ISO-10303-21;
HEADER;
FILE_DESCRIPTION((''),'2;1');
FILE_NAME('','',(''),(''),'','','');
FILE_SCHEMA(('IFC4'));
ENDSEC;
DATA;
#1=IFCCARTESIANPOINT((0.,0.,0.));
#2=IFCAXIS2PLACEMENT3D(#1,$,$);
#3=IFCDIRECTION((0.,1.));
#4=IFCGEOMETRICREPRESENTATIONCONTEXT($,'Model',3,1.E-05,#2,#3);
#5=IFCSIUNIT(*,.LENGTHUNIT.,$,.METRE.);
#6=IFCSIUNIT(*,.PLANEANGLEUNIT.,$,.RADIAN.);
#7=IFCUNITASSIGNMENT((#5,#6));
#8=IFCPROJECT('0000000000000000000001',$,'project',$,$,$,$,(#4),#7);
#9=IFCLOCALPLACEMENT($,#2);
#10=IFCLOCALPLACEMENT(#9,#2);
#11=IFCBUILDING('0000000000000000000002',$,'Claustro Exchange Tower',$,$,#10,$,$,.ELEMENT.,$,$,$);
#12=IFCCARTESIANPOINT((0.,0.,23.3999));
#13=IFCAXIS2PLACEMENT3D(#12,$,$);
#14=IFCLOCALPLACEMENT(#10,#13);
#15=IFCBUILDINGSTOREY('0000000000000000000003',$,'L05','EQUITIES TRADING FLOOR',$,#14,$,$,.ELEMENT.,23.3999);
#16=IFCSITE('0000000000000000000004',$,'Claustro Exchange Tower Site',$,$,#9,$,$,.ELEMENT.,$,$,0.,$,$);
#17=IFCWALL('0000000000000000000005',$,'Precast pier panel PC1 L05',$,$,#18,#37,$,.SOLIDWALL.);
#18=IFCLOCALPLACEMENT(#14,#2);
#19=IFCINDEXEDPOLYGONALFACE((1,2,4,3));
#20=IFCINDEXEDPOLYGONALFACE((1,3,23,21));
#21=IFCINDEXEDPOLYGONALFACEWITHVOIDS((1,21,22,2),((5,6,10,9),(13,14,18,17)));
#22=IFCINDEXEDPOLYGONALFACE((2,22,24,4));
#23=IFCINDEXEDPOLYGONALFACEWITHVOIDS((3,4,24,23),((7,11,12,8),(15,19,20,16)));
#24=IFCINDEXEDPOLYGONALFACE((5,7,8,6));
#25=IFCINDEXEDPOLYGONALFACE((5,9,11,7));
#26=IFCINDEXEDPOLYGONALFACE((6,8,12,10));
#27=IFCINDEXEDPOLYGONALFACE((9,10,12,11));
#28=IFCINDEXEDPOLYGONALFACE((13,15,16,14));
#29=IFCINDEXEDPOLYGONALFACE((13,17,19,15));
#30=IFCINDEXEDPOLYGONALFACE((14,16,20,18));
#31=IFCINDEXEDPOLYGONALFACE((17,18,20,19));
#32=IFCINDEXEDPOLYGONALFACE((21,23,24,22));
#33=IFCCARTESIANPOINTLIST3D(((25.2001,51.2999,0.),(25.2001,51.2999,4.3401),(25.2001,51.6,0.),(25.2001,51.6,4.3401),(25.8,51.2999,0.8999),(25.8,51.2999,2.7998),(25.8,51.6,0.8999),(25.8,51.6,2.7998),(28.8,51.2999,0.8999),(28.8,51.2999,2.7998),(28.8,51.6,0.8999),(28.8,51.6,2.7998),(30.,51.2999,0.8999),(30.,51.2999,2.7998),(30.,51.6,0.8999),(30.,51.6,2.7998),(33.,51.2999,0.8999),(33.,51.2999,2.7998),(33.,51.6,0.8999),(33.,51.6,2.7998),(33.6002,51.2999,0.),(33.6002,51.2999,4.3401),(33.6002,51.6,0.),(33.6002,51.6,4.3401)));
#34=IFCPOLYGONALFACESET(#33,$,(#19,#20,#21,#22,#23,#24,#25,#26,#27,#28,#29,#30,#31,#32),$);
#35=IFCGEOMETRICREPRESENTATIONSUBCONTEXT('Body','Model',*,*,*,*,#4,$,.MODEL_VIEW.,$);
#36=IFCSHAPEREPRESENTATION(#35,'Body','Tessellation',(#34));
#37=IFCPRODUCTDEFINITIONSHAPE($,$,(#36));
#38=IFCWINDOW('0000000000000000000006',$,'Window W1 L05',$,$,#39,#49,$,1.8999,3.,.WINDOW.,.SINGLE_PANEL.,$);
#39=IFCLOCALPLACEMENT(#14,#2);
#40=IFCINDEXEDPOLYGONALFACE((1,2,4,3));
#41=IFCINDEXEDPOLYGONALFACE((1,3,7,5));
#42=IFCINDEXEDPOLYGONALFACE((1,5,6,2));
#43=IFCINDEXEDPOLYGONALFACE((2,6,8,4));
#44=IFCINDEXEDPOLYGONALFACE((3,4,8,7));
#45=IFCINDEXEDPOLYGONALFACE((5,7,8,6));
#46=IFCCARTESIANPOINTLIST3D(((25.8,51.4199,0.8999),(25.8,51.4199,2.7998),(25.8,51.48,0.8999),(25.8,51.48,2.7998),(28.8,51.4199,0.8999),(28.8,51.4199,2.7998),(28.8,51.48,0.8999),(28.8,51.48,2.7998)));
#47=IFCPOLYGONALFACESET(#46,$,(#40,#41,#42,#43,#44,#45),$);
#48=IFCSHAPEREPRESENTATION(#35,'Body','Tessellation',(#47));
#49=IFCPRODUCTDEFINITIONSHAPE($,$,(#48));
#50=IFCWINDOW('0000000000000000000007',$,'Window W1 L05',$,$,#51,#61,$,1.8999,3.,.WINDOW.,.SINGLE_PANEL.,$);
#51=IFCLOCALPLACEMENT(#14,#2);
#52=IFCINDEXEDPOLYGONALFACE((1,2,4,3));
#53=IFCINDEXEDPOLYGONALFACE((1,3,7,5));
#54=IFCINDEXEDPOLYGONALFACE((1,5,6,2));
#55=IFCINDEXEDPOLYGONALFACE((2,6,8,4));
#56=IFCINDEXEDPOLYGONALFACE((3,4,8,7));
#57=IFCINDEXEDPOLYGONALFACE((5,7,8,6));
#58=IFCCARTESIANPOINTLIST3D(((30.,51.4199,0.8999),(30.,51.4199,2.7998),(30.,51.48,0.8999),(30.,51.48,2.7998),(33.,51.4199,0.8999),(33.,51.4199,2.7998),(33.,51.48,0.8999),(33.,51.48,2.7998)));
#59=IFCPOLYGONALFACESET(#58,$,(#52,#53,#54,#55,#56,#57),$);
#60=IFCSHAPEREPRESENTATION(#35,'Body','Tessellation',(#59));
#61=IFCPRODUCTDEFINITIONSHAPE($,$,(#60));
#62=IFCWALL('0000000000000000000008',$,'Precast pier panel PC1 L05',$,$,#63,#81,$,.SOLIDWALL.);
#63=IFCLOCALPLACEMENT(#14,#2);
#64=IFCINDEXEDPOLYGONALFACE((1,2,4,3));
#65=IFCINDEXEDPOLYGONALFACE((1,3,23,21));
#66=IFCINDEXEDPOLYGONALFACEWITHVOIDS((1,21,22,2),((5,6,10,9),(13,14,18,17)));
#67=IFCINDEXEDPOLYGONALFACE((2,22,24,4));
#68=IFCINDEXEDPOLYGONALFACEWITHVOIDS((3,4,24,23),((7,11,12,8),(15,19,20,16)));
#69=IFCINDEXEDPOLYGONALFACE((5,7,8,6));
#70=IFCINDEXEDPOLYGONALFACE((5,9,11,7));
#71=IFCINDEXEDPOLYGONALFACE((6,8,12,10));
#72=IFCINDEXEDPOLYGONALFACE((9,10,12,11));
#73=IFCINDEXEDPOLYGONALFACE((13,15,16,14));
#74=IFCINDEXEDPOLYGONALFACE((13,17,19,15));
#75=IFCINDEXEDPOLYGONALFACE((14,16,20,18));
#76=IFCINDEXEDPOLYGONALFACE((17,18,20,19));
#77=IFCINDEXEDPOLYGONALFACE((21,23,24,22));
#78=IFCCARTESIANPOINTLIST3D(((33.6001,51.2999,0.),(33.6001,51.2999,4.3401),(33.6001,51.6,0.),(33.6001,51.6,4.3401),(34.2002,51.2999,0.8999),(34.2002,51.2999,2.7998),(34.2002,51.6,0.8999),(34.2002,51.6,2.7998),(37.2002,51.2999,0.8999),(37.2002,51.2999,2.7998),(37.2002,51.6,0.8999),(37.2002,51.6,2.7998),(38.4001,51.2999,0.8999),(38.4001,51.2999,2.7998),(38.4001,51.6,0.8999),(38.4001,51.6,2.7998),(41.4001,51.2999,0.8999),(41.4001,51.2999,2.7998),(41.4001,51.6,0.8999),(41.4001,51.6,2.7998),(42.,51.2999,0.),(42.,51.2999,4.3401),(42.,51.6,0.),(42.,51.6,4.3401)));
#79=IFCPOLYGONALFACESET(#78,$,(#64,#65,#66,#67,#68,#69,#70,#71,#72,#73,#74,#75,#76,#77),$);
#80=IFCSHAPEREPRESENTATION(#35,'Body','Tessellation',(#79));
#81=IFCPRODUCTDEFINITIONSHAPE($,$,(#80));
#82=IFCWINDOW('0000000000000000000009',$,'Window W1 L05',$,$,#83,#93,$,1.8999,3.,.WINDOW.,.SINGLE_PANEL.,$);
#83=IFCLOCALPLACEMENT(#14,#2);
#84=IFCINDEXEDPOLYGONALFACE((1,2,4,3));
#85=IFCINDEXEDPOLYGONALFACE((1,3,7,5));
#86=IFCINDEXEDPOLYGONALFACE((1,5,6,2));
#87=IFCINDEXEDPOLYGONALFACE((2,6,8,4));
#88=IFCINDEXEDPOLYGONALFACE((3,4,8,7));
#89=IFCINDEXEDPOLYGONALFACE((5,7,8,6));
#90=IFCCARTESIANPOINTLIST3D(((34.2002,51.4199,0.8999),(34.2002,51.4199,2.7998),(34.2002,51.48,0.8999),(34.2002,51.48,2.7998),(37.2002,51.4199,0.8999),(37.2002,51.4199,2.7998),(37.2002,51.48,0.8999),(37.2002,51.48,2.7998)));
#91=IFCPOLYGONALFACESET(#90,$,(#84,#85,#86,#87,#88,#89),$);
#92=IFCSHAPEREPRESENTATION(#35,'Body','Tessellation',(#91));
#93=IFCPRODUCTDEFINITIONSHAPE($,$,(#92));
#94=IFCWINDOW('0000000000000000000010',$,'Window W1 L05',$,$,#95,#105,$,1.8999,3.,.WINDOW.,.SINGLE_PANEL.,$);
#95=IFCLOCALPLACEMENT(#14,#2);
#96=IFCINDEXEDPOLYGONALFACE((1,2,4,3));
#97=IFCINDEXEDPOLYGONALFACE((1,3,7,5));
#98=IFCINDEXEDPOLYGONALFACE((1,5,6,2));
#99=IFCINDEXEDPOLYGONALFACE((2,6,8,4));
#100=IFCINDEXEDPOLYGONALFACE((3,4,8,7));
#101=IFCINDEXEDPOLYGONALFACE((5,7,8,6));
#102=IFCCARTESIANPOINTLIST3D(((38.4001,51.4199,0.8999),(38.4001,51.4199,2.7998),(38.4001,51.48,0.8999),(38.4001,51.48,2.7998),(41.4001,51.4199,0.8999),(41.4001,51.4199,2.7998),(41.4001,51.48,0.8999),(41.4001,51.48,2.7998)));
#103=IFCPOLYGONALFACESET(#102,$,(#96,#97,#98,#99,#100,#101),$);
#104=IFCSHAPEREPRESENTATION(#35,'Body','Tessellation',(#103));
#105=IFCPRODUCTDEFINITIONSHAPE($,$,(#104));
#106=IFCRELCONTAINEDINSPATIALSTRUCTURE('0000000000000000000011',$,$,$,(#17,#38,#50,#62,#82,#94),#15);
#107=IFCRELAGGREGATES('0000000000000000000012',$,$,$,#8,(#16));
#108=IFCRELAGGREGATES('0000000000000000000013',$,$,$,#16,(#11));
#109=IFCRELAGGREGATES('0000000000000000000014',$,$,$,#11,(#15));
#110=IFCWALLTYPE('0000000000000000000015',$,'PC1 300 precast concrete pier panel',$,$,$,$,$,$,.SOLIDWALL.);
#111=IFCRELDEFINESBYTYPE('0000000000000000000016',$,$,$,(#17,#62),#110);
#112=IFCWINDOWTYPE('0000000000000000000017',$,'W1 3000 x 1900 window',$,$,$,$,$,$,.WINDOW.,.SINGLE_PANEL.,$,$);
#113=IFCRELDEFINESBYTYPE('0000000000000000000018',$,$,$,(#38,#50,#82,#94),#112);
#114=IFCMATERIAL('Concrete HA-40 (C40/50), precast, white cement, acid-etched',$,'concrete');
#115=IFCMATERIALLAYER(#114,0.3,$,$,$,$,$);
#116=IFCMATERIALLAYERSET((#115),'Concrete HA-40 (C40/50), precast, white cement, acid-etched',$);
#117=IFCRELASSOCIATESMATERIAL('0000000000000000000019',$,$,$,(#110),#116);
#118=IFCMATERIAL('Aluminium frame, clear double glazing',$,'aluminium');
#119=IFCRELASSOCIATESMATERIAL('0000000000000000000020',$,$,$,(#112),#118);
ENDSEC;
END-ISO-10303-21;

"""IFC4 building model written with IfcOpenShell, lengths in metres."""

from ifc_helpers import new_model, si_unit, direction, frame, frame_2d, origin, place, context, subcontext, project, spatial, rectangle, extrude, material, layer, layer_set, type_object, element, fill, save


model = new_model("IFC4")

# Units and contexts
model_context = context("Model", 3, precision=1e-05, world=origin(), true_north=direction((0.0, 1.0)))
body_context = subcontext(model_context, "Body", "Model", "MODEL_VIEW")
ifc_project = project(units=[si_unit("LENGTHUNIT", "METRE"), si_unit("PLANEANGLEUNIT", "RADIAN")], contexts=[model_context])

# Site, building, storey
site_placement = place(None, origin())
site = spatial("IfcSite", under=ifc_project, at=site_placement, Name="Claustro Exchange Tower Site", CompositionType="ELEMENT", RefElevation=0.0)
building_placement = place(site_placement, origin())
building = spatial("IfcBuilding", under=site, at=building_placement, Name="Claustro Exchange Tower", CompositionType="ELEMENT")
storey_placement = place(building_placement, frame((0.0, 0.0, 23.3999)))
storey = spatial("IfcBuildingStorey", under=building, at=storey_placement, Name="L05", Description="EQUITIES TRADING FLOOR", CompositionType="ELEMENT", Elevation=23.3999)

# Walls, openings, windows
ifc_material_1 = material(Name="Concrete HA-40 (C40/50), precast, white cement, acid-etched", Category="concrete")
ifc_layer_1 = layer(ifc_material_1, 0.3)
ifc_layer_set_1 = layer_set([ifc_layer_1], Name="Concrete HA-40 (C40/50), precast, white cement, acid-etched")
wall_type_1 = type_object("IfcWallType", Name="PC1 300 precast concrete pier panel", PredefinedType="SOLIDWALL", material=ifc_layer_set_1)
wall_1_placement = place(storey_placement, frame((25.2, 51.45, 0.0), z_axis=(0.0, 0.0, 1.0), x_axis=(1.0, 0.0, 0.0)))
wall_1 = element("IfcWall", 1, at=wall_1_placement, inside=storey, type_object=wall_type_1, Name="Precast pier panel PC1 L05", PredefinedType="SOLIDWALL", context=body_context, shape_type="SweptSolid", body=[
    extrude(rectangle(XDim=8.4001, YDim=0.3, at=frame_2d((4.2002, 0.0))), origin(), (0.0, 0.0, 1.0), 4.3401),
])
opening_1_placement = place(wall_1_placement, frame((0.6001, 0.0, 0.8999)))
opening_1 = element("IfcOpeningElement", 2, at=opening_1_placement, cuts=wall_1, PredefinedType="OPENING", context=body_context, shape_type="SweptSolid", body=[
    extrude(rectangle(XDim=3.0, YDim=1.8999, at=frame_2d((1.5, 0.95))), frame((0.0, 0.1599, 0.0), z_axis=(0.0, -1.0, 0.0), x_axis=(1.0, 0.0, 0.0)), (0.0, 0.0, 1.0), 0.3201),
])
opening_2_placement = place(wall_1_placement, frame((4.8, 0.0, 0.8999)))
opening_2 = element("IfcOpeningElement", 3, at=opening_2_placement, cuts=wall_1, PredefinedType="OPENING", context=body_context, shape_type="SweptSolid", body=[
    extrude(rectangle(XDim=3.0, YDim=1.8999, at=frame_2d((1.5, 0.95))), frame((0.0, 0.1599, 0.0), z_axis=(0.0, -1.0, 0.0), x_axis=(1.0, 0.0, 0.0)), (0.0, 0.0, 1.0), 0.3201),
])
ifc_material_2 = material(Name="Aluminium frame, clear double glazing", Category="aluminium")
window_type = type_object("IfcWindowType", Name="W1 3000 x 1900 window", PartitioningType="SINGLE_PANEL", PredefinedType="WINDOW", material=ifc_material_2)
window_1_placement = place(opening_1_placement, origin())
window_1 = element("IfcWindow", 4, at=window_1_placement, inside=storey, type_object=window_type, Name="Window W1 L05", OverallHeight=1.8999, OverallWidth=3.0, PartitioningType="SINGLE_PANEL", PredefinedType="WINDOW", context=body_context, shape_type="SweptSolid", body=[
    extrude(rectangle(XDim=3.0, YDim=1.8999, at=frame_2d((1.5, 0.95))), frame((0.0, 0.03, 0.0), z_axis=(0.0, -1.0, 0.0), x_axis=(1.0, 0.0, 0.0)), (0.0, 0.0, 1.0), 0.0601),
])
fill(opening_1, window_1)
window_2_placement = place(opening_2_placement, origin())
window_2 = element("IfcWindow", 5, at=window_2_placement, inside=storey, type_object=window_type, Name="Window W1 L05", OverallHeight=1.8999, OverallWidth=3.0, PartitioningType="SINGLE_PANEL", PredefinedType="WINDOW", context=body_context, shape_type="SweptSolid", body=[
    extrude(rectangle(XDim=3.0, YDim=1.8999, at=frame_2d((1.5, 0.95))), frame((0.0, 0.03, 0.0), z_axis=(0.0, -1.0, 0.0), x_axis=(1.0, 0.0, 0.0)), (0.0, 0.0, 1.0), 0.0601),
])
fill(opening_2, window_2)
wall_2_placement = place(storey_placement, frame((33.6001, 51.45, 0.0), z_axis=(0.0, 0.0, 1.0), x_axis=(1.0, 0.0, 0.0)))
wall_2 = element("IfcWall", 6, at=wall_2_placement, inside=storey, type_object=wall_type_1, Name="Precast pier panel PC1 L05", PredefinedType="SOLIDWALL", context=body_context, shape_type="SweptSolid", body=[
    extrude(rectangle(XDim=8.3999, YDim=0.3, at=frame_2d((4.2, 0.0))), origin(), (0.0, 0.0, 1.0), 4.3401),
])
opening_3_placement = place(wall_2_placement, frame((0.6001, 0.0, 0.8999)))
opening_3 = element("IfcOpeningElement", 7, at=opening_3_placement, cuts=wall_2, PredefinedType="OPENING", context=body_context, shape_type="SweptSolid", body=[
    extrude(rectangle(XDim=3.0, YDim=1.8999, at=frame_2d((1.5, 0.95))), frame((0.0, 0.1599, 0.0), z_axis=(0.0, -1.0, 0.0), x_axis=(1.0, 0.0, 0.0)), (0.0, 0.0, 1.0), 0.3201),
])
opening_4_placement = place(wall_2_placement, frame((4.8, 0.0, 0.8999)))
opening_4 = element("IfcOpeningElement", 8, at=opening_4_placement, cuts=wall_2, PredefinedType="OPENING", context=body_context, shape_type="SweptSolid", body=[
    extrude(rectangle(XDim=3.0, YDim=1.8999, at=frame_2d((1.5, 0.95))), frame((0.0, 0.1599, 0.0), z_axis=(0.0, -1.0, 0.0), x_axis=(1.0, 0.0, 0.0)), (0.0, 0.0, 1.0), 0.3201),
])
window_3_placement = place(opening_3_placement, origin())
window_3 = element("IfcWindow", 9, at=window_3_placement, inside=storey, type_object=window_type, Name="Window W1 L05", OverallHeight=1.8999, OverallWidth=3.0, PartitioningType="SINGLE_PANEL", PredefinedType="WINDOW", context=body_context, shape_type="SweptSolid", body=[
    extrude(rectangle(XDim=3.0, YDim=1.8999, at=frame_2d((1.5, 0.95))), frame((0.0, 0.03, 0.0), z_axis=(0.0, -1.0, 0.0), x_axis=(1.0, 0.0, 0.0)), (0.0, 0.0, 1.0), 0.0601),
])
fill(opening_3, window_3)
window_4_placement = place(opening_4_placement, origin())
window_4 = element("IfcWindow", 10, at=window_4_placement, inside=storey, type_object=window_type, Name="Window W1 L05", OverallHeight=1.8999, OverallWidth=3.0, PartitioningType="SINGLE_PANEL", PredefinedType="WINDOW", context=body_context, shape_type="SweptSolid", body=[
    extrude(rectangle(XDim=3.0, YDim=1.8999, at=frame_2d((1.5, 0.95))), frame((0.0, 0.03, 0.0), z_axis=(0.0, -1.0, 0.0), x_axis=(1.0, 0.0, 0.0)), (0.0, 0.0, 1.0), 0.0601),
])
fill(opening_4, window_4)

save(model, "model.ifc")
